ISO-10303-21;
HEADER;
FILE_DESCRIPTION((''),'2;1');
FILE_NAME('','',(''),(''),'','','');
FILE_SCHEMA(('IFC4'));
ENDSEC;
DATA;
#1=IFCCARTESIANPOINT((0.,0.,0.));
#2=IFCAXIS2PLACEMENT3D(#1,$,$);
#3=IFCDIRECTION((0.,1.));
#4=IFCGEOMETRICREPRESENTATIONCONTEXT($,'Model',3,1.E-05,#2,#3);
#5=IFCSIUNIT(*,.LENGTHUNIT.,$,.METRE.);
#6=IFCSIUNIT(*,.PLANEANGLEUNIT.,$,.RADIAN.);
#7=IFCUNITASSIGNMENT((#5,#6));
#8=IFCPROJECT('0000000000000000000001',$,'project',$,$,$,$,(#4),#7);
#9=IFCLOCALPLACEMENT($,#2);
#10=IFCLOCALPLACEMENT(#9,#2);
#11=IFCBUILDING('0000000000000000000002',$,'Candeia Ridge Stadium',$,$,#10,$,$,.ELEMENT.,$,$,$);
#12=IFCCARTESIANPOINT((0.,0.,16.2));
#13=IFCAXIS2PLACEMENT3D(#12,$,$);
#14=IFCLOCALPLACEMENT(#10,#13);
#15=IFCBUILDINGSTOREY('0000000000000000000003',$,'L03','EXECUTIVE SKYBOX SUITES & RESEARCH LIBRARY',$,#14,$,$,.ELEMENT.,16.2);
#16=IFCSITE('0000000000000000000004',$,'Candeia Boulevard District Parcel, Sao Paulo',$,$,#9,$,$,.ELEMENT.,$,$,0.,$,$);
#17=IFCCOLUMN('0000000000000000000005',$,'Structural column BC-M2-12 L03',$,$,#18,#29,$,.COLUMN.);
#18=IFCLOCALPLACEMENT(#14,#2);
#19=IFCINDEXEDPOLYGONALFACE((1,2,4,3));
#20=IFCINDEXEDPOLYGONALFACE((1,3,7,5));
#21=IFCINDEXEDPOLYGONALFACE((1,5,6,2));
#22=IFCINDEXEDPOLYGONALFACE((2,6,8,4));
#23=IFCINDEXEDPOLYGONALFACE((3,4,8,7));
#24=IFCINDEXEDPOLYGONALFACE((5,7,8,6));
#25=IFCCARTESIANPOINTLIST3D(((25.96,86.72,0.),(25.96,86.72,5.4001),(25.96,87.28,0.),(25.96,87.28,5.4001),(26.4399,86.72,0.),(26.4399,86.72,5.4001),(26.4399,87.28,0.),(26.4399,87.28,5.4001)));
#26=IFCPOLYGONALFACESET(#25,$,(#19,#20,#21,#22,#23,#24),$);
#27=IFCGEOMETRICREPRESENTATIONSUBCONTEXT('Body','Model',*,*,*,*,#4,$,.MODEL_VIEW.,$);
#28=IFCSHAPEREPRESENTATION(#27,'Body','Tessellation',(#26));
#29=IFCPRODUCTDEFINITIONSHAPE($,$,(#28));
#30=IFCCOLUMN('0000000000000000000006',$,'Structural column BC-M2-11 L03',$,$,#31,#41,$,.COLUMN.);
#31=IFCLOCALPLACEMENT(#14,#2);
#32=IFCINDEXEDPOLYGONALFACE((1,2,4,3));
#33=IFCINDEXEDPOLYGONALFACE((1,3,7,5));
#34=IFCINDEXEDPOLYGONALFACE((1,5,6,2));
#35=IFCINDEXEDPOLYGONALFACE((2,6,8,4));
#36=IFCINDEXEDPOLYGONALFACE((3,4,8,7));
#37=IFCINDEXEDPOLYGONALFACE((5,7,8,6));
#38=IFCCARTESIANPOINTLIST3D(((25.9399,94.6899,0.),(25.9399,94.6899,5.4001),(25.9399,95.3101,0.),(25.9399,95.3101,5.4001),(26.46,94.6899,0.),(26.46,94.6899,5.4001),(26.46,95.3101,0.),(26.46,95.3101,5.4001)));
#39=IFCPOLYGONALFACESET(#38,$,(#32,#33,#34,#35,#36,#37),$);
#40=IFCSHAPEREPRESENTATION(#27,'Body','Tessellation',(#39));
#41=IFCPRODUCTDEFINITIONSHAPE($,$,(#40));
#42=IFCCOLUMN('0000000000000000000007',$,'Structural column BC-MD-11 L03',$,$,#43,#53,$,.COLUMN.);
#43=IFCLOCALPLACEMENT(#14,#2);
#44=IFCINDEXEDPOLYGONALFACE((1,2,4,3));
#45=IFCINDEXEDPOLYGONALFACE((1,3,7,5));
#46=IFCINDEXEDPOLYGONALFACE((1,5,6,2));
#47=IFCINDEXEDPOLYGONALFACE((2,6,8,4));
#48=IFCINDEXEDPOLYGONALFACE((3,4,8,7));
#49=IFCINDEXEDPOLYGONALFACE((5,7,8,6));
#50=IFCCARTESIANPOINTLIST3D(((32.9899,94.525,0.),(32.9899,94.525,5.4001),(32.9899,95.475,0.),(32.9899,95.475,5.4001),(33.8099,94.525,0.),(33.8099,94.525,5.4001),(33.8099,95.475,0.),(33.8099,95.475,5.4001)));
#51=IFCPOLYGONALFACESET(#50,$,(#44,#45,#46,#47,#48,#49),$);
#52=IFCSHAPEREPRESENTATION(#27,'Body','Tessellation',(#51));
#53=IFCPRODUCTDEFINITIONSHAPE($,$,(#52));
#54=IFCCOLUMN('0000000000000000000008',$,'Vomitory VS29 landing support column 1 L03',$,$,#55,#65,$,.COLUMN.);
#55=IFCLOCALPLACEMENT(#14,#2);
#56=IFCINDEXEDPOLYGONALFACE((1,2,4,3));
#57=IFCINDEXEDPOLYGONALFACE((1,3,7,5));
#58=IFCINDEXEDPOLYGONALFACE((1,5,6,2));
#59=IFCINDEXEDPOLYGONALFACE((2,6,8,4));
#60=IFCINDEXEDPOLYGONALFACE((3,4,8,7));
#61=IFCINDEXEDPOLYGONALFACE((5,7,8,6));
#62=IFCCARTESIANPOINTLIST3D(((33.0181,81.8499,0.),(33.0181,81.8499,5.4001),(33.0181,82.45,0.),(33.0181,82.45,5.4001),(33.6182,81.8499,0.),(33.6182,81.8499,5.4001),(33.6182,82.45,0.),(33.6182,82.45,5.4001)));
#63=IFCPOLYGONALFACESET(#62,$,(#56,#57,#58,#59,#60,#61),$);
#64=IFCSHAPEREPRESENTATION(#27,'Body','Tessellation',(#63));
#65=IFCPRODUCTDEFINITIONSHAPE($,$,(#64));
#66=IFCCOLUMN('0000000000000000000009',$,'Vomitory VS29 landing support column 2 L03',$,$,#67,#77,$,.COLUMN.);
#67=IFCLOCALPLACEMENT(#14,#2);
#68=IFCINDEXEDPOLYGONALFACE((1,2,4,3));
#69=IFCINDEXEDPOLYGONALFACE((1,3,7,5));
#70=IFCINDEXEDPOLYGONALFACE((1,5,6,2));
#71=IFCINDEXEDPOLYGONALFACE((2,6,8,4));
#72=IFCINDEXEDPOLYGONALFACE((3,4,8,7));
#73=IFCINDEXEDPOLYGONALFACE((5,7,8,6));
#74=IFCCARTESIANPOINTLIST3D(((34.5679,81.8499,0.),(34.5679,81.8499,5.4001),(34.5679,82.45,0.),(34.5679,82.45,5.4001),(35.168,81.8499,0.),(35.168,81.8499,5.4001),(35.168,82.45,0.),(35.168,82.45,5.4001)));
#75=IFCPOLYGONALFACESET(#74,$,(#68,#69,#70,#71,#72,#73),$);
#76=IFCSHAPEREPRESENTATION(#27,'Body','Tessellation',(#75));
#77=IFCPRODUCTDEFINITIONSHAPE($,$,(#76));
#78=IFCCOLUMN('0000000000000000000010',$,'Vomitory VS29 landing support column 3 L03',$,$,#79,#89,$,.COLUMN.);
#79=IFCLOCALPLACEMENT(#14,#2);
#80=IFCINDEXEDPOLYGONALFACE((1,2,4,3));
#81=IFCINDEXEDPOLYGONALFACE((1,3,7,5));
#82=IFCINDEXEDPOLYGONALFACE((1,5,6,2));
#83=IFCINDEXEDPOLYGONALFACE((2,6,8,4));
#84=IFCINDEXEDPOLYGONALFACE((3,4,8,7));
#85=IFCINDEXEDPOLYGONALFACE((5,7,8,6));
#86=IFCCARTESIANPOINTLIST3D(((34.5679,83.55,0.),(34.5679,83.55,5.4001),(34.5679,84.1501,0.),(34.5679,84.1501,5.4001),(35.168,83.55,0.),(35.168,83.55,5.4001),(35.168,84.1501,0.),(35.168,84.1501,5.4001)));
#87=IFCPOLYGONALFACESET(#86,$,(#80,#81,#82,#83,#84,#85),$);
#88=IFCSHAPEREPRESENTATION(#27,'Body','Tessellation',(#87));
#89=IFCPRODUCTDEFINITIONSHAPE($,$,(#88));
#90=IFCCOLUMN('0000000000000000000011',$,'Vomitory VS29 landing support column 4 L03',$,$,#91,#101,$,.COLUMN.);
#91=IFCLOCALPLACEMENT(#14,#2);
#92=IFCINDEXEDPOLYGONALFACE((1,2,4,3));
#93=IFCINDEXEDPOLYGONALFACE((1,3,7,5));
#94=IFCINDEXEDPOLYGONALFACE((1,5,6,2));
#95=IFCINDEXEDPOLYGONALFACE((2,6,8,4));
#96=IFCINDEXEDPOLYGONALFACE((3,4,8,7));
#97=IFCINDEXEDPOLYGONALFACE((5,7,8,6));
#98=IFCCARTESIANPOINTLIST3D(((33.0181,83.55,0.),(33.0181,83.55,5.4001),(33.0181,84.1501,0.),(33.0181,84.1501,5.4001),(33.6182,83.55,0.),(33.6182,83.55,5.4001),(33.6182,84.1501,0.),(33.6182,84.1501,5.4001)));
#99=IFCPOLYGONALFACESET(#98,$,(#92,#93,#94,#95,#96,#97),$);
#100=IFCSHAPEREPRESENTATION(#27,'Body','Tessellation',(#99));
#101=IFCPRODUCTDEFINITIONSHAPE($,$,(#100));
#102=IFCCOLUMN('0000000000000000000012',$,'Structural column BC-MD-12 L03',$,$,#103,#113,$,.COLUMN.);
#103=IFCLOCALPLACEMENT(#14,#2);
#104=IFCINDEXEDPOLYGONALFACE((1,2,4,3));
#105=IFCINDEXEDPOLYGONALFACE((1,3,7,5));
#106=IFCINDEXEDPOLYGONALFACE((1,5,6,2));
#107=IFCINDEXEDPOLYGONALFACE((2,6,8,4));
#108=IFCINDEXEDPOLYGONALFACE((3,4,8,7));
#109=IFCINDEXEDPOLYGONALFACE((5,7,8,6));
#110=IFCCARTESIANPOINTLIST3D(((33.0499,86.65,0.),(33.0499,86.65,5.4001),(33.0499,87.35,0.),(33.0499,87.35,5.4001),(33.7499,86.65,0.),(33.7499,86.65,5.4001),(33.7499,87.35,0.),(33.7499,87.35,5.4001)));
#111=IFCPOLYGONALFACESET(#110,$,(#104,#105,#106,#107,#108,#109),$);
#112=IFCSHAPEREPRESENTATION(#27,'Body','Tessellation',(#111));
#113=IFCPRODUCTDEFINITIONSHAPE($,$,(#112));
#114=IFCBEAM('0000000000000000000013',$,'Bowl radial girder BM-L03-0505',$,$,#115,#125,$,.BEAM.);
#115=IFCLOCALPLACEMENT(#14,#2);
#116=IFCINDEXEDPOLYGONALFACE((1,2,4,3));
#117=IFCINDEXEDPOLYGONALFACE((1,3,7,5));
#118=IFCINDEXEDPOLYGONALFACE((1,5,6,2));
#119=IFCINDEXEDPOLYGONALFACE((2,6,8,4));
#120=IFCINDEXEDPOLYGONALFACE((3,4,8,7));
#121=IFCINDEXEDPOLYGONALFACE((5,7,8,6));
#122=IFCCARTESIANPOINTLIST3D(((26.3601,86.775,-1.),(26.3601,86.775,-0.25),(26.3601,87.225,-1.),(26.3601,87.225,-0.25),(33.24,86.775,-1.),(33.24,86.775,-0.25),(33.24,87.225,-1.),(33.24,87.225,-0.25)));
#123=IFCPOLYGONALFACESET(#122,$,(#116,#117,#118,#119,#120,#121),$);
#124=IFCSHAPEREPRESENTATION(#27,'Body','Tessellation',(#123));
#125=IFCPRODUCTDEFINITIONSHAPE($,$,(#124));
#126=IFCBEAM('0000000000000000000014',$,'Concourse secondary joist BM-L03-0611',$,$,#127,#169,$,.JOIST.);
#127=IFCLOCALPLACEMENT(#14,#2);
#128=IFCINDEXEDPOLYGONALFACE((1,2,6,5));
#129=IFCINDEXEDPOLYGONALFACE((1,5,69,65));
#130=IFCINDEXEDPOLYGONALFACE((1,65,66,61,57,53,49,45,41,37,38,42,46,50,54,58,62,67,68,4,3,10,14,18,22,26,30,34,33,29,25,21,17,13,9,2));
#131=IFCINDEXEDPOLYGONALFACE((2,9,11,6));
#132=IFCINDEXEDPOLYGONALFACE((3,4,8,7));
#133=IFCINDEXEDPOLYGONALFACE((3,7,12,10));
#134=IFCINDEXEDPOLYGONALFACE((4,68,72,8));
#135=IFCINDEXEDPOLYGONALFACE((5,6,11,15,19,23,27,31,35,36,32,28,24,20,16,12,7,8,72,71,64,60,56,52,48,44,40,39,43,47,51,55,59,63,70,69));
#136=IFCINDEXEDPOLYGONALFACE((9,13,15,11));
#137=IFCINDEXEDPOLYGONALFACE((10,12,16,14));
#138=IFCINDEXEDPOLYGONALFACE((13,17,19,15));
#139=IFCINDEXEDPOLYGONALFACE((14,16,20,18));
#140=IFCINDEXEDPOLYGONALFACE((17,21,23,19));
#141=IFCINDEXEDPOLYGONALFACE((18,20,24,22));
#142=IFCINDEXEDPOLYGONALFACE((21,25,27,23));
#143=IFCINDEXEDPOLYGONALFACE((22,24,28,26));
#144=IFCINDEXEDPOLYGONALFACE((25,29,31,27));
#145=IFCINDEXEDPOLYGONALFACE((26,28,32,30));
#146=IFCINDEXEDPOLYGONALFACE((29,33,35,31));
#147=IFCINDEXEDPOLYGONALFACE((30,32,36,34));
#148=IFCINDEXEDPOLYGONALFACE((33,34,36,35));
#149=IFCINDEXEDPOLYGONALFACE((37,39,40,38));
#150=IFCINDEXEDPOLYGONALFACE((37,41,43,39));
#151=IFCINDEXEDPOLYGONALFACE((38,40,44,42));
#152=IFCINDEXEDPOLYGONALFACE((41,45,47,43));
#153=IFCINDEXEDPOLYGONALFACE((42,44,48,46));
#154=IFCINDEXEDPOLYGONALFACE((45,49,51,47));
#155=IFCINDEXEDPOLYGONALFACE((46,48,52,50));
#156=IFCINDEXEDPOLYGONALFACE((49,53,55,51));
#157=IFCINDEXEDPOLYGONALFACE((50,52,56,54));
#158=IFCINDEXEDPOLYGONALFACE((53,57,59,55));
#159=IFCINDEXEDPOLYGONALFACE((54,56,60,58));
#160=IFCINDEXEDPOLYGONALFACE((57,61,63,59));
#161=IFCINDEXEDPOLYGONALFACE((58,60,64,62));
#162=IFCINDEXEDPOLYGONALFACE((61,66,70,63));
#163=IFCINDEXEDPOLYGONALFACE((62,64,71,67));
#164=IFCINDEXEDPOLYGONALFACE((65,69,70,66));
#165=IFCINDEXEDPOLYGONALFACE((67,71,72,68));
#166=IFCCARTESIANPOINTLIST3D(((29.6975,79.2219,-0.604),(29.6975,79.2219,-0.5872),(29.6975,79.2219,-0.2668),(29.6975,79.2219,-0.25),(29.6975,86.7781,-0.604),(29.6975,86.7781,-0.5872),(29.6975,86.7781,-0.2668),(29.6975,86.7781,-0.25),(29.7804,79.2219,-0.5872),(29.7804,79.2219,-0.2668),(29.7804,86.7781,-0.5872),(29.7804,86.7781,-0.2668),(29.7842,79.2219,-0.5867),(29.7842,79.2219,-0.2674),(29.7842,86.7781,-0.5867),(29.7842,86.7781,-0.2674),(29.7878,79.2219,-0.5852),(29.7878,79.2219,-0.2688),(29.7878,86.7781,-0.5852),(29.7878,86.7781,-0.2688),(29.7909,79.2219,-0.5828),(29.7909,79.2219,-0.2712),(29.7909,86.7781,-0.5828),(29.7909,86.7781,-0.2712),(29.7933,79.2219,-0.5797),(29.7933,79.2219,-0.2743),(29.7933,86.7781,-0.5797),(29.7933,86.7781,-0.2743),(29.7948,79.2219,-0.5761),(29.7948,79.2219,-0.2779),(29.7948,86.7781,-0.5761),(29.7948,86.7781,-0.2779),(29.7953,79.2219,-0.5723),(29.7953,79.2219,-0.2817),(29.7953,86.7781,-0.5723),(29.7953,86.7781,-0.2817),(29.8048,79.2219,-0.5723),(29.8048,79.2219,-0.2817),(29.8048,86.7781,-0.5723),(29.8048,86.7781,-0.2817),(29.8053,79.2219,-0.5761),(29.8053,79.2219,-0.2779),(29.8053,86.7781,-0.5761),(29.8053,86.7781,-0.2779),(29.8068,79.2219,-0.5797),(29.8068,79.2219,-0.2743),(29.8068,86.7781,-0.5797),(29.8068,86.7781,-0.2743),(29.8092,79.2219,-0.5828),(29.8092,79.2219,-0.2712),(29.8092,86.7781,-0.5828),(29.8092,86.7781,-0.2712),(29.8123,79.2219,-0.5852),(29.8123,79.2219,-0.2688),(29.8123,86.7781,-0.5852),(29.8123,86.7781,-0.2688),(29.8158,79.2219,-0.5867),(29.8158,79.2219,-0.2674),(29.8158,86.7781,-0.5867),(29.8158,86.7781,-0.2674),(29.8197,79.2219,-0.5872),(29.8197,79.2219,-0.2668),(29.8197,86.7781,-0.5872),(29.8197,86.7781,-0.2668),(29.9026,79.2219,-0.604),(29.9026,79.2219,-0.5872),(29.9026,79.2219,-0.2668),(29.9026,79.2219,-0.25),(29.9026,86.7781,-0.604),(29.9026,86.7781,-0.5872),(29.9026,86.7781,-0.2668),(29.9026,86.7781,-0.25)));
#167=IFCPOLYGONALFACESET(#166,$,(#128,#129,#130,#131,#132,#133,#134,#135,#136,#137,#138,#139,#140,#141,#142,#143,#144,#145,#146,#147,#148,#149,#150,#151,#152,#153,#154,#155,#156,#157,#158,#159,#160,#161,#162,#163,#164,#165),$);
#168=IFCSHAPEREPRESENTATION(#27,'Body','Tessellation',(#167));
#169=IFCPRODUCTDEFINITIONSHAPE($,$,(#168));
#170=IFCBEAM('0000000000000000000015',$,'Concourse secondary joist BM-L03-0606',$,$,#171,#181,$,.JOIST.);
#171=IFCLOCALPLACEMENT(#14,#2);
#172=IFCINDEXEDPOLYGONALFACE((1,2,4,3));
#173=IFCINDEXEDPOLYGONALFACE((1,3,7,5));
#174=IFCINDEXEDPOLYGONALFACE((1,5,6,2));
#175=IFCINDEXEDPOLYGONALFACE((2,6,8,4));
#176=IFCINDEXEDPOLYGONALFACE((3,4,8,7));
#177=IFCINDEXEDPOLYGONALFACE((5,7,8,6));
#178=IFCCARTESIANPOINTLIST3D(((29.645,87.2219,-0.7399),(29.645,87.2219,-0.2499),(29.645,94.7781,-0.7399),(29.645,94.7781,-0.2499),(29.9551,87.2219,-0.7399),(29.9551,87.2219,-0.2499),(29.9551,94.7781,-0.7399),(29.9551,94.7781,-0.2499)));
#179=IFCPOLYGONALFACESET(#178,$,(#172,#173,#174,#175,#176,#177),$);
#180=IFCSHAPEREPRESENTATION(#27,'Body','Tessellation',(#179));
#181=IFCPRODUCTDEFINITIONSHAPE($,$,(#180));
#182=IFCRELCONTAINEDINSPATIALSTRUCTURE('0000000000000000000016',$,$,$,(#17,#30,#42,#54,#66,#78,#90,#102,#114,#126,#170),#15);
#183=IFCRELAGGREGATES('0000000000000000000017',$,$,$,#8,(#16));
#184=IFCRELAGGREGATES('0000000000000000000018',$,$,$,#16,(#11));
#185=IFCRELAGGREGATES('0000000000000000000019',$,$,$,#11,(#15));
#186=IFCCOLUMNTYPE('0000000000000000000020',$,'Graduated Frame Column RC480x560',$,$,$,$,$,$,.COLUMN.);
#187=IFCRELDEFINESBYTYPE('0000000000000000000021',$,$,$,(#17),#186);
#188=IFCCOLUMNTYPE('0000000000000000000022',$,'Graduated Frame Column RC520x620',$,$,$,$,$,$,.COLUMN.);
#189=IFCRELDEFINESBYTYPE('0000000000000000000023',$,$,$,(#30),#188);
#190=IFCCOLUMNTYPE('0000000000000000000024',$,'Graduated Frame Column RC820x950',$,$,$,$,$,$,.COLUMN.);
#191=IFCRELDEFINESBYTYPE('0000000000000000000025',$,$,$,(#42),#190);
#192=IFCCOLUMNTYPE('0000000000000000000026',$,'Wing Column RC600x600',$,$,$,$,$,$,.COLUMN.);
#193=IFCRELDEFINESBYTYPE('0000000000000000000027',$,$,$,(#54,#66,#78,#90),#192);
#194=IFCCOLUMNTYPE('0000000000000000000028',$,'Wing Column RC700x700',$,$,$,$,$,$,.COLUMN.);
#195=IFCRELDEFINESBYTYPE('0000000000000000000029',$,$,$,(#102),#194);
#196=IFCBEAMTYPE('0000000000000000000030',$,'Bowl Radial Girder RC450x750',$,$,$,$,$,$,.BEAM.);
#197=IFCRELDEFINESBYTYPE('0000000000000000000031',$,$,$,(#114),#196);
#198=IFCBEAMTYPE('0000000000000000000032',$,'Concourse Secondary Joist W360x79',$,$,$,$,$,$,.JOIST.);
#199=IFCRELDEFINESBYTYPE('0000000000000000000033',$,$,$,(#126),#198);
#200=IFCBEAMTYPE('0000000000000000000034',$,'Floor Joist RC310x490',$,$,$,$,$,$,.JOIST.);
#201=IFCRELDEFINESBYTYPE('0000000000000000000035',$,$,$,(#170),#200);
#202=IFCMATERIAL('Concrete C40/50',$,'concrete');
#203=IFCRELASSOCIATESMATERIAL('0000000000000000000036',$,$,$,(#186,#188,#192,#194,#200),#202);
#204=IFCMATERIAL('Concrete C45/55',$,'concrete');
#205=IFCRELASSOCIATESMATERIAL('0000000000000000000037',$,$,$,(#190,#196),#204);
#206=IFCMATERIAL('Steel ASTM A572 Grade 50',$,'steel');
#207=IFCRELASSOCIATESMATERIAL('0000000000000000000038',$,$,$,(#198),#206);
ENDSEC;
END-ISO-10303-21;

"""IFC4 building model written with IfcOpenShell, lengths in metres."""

from ifc_helpers import new_model, si_unit, direction, frame, origin, origin_2d, place, context, subcontext, project, spatial, rectangle, i_section, extrude, material, material_profile, profile_set, type_object, element, save


model = new_model("IFC4")

# Units and contexts
model_context = context("Model", 3, precision=1e-05, world=origin(), true_north=direction((0.0, 1.0)))
body_context = subcontext(model_context, "Body", "Model", "MODEL_VIEW")
ifc_project = project(units=[si_unit("LENGTHUNIT", "METRE"), si_unit("PLANEANGLEUNIT", "RADIAN")], contexts=[model_context])

# Site, building, storey
site_placement = place(None, origin())
site = spatial("IfcSite", under=ifc_project, at=site_placement, Name="Candeia Boulevard District Parcel, Sao Paulo", CompositionType="ELEMENT", RefElevation=0.0)
building_placement = place(site_placement, origin())
building = spatial("IfcBuilding", under=site, at=building_placement, Name="Candeia Ridge Stadium", CompositionType="ELEMENT")
storey_placement = place(building_placement, frame((0.0, 0.0, 16.2)))
storey = spatial("IfcBuildingStorey", under=building, at=storey_placement, Name="L03", Description="EXECUTIVE SKYBOX SUITES & RESEARCH LIBRARY", CompositionType="ELEMENT", Elevation=16.2)

# Columns
ifc_material_1 = material(Name="Concrete C40/50", Category="concrete")
ifc_material_profile_1 = material_profile(ifc_material_1, rectangle(XDim=0.48, YDim=0.5601, at=origin_2d()), Name="RC480x560", Category="concrete")
ifc_profile_set_1 = profile_set([ifc_material_profile_1], Name="Concrete C40/50")
column_type_1 = type_object("IfcColumnType", Name="Graduated Frame Column RC480x560", PredefinedType="COLUMN", material=ifc_profile_set_1)
column_1_placement = place(storey_placement, frame((26.2, 87.0, 0.0), z_axis=(0.0, 0.0, 1.0), x_axis=(1.0, 0.0, 0.0)))
element("IfcColumn", 1, at=column_1_placement, inside=storey, type_object=column_type_1, Name="Structural column BC-M2-12 L03", PredefinedType="COLUMN", context=body_context, shape_type="SweptSolid", body=[
    extrude(rectangle(XDim=0.48, YDim=0.5601, at=origin_2d()), origin(), (0.0, 0.0, 1.0), 5.4001),
])
ifc_material_profile_2 = material_profile(ifc_material_1, rectangle(XDim=0.52, YDim=0.6201, at=origin_2d()), Name="RC520x620", Category="concrete")
ifc_profile_set_2 = profile_set([ifc_material_profile_2], Name="Concrete C40/50")
column_type_2 = type_object("IfcColumnType", Name="Graduated Frame Column RC520x620", PredefinedType="COLUMN", material=ifc_profile_set_2)
column_2_placement = place(storey_placement, frame((26.2, 95.0, 0.0), z_axis=(0.0, 0.0, 1.0), x_axis=(1.0, 0.0, 0.0)))
element("IfcColumn", 2, at=column_2_placement, inside=storey, type_object=column_type_2, Name="Structural column BC-M2-11 L03", PredefinedType="COLUMN", context=body_context, shape_type="SweptSolid", body=[
    extrude(rectangle(XDim=0.52, YDim=0.6201, at=origin_2d()), origin(), (0.0, 0.0, 1.0), 5.4001),
])
ifc_material_2 = material(Name="Concrete C45/55", Category="concrete")
ifc_material_profile_3 = material_profile(ifc_material_2, rectangle(XDim=0.8201, YDim=0.95, at=origin_2d()), Name="RC820x950", Category="concrete")
ifc_profile_set_3 = profile_set([ifc_material_profile_3], Name="Concrete C45/55")
column_type_3 = type_object("IfcColumnType", Name="Graduated Frame Column RC820x950", PredefinedType="COLUMN", material=ifc_profile_set_3)
column_3_placement = place(storey_placement, frame((33.3999, 95.0, 0.0), z_axis=(0.0, 0.0, 1.0), x_axis=(1.0, 0.0, 0.0)))
element("IfcColumn", 3, at=column_3_placement, inside=storey, type_object=column_type_3, Name="Structural column BC-MD-11 L03", PredefinedType="COLUMN", context=body_context, shape_type="SweptSolid", body=[
    extrude(rectangle(XDim=0.8201, YDim=0.95, at=origin_2d()), origin(), (0.0, 0.0, 1.0), 5.4001),
])
ifc_material_profile_4 = material_profile(ifc_material_1, rectangle(XDim=0.6001, YDim=0.6001, at=origin_2d()), Name="RC600x600", Category="concrete")
ifc_profile_set_4 = profile_set([ifc_material_profile_4], Name="Concrete C40/50")
column_type_4 = type_object("IfcColumnType", Name="Wing Column RC600x600", PredefinedType="COLUMN", material=ifc_profile_set_4)
for number, where, z_axis, x_axis, name in (
    (4, (33.3181, 82.1499, 0.0), (0.0, 0.0, 1.0), (1.0, 0.0, 0.0), "Vomitory VS29 landing support column 1 L03"),
    (5, (34.8679, 82.1499, 0.0), (0.0, 0.0, 1.0), (1.0, 0.0, 0.0), "Vomitory VS29 landing support column 2 L03"),
    (6, (34.8679, 83.8501, 0.0), (0.0, 0.0, 1.0), (1.0, 0.0, 0.0), "Vomitory VS29 landing support column 3 L03"),
    (7, (33.3181, 83.8501, 0.0), (0.0, 0.0, 1.0), (1.0, 0.0, 0.0), "Vomitory VS29 landing support column 4 L03"),
):
    element("IfcColumn", number, at=place(storey_placement, frame(where, z_axis=z_axis, x_axis=x_axis)), inside=storey, type_object=column_type_4, Name=name, PredefinedType="COLUMN", context=body_context, shape_type="SweptSolid", body=[
        extrude(rectangle(XDim=0.6001, YDim=0.6001, at=origin_2d()), origin(), (0.0, 0.0, 1.0), 5.4001),
    ])
ifc_material_profile_5 = material_profile(ifc_material_1, rectangle(XDim=0.7, YDim=0.7, at=origin_2d()), Name="RC700x700", Category="concrete")
ifc_profile_set_5 = profile_set([ifc_material_profile_5], Name="Concrete C40/50")
column_type_5 = type_object("IfcColumnType", Name="Wing Column RC700x700", PredefinedType="COLUMN", material=ifc_profile_set_5)
column_4_placement = place(storey_placement, frame((33.3999, 87.0, 0.0), z_axis=(0.0, 0.0, 1.0), x_axis=(1.0, 0.0, 0.0)))
element("IfcColumn", 8, at=column_4_placement, inside=storey, type_object=column_type_5, Name="Structural column BC-MD-12 L03", PredefinedType="COLUMN", context=body_context, shape_type="SweptSolid", body=[
    extrude(rectangle(XDim=0.7, YDim=0.7, at=origin_2d()), origin(), (0.0, 0.0, 1.0), 5.4001),
])

# Beams
ifc_material_profile_6 = material_profile(ifc_material_2, rectangle(XDim=0.45, YDim=0.75, at=origin_2d()), Name="RC450x750", Category="concrete")
ifc_profile_set_6 = profile_set([ifc_material_profile_6], Name="Concrete C45/55")
beam_type_1 = type_object("IfcBeamType", Name="Bowl Radial Girder RC450x750", PredefinedType="BEAM", material=ifc_profile_set_6)
beam_1_placement = place(storey_placement, frame((33.24, 87.0, -0.625), z_axis=(-1.0, 0.0, 0.0), x_axis=(0.0, -1.0, 0.0)))
element("IfcBeam", 9, at=beam_1_placement, inside=storey, type_object=beam_type_1, Name="Bowl radial girder BM-L03-0505", PredefinedType="BEAM", context=body_context, shape_type="SweptSolid", body=[
    extrude(rectangle(XDim=0.45, YDim=0.75, at=origin_2d()), origin(), (0.0, 0.0, 1.0), 6.8799),
])
ifc_material_3 = material(Name="Steel ASTM A572 Grade 50", Category="steel")
ifc_material_profile_7 = material_profile(ifc_material_3, i_section(OverallWidth=0.2051, OverallDepth=0.354, WebThickness=0.0095, FlangeThickness=0.0168, FilletRadius=0.0149, at=origin_2d()), Name="W360x79", Category="steel")
ifc_profile_set_7 = profile_set([ifc_material_profile_7], Name="Steel ASTM A572 Grade 50")
beam_type_2 = type_object("IfcBeamType", Name="Concourse Secondary Joist W360x79", PredefinedType="JOIST", material=ifc_profile_set_7)
beam_2_placement = place(storey_placement, frame((29.8, 86.7781, -0.427), z_axis=(0.0, -1.0, 0.0), x_axis=(1.0, 0.0, 0.0)))
element("IfcBeam", 10, at=beam_2_placement, inside=storey, type_object=beam_type_2, Name="Concourse secondary joist BM-L03-0611", PredefinedType="JOIST", context=body_context, shape_type="SweptSolid", body=[
    extrude(i_section(OverallWidth=0.2051, OverallDepth=0.354, WebThickness=0.0095, FlangeThickness=0.0168, FilletRadius=0.0149, at=origin_2d()), origin(), (0.0, 0.0, 1.0), 7.5562),
])
ifc_material_profile_8 = material_profile(ifc_material_1, rectangle(XDim=0.3101, YDim=0.49, at=origin_2d()), Name="RC310x490", Category="concrete")
ifc_profile_set_8 = profile_set([ifc_material_profile_8], Name="Concrete C40/50")
beam_type_3 = type_object("IfcBeamType", Name="Floor Joist RC310x490", PredefinedType="JOIST", material=ifc_profile_set_8)
beam_3_placement = place(storey_placement, frame((29.8, 94.7781, -0.4949), z_axis=(0.0, -1.0, 0.0), x_axis=(1.0, 0.0, 0.0)))
element("IfcBeam", 11, at=beam_3_placement, inside=storey, type_object=beam_type_3, Name="Concourse secondary joist BM-L03-0606", PredefinedType="JOIST", context=body_context, shape_type="SweptSolid", body=[
    extrude(rectangle(XDim=0.3101, YDim=0.49, at=origin_2d()), origin(), (0.0, 0.0, 1.0), 7.5562),
])

save(model, "model.ifc")
